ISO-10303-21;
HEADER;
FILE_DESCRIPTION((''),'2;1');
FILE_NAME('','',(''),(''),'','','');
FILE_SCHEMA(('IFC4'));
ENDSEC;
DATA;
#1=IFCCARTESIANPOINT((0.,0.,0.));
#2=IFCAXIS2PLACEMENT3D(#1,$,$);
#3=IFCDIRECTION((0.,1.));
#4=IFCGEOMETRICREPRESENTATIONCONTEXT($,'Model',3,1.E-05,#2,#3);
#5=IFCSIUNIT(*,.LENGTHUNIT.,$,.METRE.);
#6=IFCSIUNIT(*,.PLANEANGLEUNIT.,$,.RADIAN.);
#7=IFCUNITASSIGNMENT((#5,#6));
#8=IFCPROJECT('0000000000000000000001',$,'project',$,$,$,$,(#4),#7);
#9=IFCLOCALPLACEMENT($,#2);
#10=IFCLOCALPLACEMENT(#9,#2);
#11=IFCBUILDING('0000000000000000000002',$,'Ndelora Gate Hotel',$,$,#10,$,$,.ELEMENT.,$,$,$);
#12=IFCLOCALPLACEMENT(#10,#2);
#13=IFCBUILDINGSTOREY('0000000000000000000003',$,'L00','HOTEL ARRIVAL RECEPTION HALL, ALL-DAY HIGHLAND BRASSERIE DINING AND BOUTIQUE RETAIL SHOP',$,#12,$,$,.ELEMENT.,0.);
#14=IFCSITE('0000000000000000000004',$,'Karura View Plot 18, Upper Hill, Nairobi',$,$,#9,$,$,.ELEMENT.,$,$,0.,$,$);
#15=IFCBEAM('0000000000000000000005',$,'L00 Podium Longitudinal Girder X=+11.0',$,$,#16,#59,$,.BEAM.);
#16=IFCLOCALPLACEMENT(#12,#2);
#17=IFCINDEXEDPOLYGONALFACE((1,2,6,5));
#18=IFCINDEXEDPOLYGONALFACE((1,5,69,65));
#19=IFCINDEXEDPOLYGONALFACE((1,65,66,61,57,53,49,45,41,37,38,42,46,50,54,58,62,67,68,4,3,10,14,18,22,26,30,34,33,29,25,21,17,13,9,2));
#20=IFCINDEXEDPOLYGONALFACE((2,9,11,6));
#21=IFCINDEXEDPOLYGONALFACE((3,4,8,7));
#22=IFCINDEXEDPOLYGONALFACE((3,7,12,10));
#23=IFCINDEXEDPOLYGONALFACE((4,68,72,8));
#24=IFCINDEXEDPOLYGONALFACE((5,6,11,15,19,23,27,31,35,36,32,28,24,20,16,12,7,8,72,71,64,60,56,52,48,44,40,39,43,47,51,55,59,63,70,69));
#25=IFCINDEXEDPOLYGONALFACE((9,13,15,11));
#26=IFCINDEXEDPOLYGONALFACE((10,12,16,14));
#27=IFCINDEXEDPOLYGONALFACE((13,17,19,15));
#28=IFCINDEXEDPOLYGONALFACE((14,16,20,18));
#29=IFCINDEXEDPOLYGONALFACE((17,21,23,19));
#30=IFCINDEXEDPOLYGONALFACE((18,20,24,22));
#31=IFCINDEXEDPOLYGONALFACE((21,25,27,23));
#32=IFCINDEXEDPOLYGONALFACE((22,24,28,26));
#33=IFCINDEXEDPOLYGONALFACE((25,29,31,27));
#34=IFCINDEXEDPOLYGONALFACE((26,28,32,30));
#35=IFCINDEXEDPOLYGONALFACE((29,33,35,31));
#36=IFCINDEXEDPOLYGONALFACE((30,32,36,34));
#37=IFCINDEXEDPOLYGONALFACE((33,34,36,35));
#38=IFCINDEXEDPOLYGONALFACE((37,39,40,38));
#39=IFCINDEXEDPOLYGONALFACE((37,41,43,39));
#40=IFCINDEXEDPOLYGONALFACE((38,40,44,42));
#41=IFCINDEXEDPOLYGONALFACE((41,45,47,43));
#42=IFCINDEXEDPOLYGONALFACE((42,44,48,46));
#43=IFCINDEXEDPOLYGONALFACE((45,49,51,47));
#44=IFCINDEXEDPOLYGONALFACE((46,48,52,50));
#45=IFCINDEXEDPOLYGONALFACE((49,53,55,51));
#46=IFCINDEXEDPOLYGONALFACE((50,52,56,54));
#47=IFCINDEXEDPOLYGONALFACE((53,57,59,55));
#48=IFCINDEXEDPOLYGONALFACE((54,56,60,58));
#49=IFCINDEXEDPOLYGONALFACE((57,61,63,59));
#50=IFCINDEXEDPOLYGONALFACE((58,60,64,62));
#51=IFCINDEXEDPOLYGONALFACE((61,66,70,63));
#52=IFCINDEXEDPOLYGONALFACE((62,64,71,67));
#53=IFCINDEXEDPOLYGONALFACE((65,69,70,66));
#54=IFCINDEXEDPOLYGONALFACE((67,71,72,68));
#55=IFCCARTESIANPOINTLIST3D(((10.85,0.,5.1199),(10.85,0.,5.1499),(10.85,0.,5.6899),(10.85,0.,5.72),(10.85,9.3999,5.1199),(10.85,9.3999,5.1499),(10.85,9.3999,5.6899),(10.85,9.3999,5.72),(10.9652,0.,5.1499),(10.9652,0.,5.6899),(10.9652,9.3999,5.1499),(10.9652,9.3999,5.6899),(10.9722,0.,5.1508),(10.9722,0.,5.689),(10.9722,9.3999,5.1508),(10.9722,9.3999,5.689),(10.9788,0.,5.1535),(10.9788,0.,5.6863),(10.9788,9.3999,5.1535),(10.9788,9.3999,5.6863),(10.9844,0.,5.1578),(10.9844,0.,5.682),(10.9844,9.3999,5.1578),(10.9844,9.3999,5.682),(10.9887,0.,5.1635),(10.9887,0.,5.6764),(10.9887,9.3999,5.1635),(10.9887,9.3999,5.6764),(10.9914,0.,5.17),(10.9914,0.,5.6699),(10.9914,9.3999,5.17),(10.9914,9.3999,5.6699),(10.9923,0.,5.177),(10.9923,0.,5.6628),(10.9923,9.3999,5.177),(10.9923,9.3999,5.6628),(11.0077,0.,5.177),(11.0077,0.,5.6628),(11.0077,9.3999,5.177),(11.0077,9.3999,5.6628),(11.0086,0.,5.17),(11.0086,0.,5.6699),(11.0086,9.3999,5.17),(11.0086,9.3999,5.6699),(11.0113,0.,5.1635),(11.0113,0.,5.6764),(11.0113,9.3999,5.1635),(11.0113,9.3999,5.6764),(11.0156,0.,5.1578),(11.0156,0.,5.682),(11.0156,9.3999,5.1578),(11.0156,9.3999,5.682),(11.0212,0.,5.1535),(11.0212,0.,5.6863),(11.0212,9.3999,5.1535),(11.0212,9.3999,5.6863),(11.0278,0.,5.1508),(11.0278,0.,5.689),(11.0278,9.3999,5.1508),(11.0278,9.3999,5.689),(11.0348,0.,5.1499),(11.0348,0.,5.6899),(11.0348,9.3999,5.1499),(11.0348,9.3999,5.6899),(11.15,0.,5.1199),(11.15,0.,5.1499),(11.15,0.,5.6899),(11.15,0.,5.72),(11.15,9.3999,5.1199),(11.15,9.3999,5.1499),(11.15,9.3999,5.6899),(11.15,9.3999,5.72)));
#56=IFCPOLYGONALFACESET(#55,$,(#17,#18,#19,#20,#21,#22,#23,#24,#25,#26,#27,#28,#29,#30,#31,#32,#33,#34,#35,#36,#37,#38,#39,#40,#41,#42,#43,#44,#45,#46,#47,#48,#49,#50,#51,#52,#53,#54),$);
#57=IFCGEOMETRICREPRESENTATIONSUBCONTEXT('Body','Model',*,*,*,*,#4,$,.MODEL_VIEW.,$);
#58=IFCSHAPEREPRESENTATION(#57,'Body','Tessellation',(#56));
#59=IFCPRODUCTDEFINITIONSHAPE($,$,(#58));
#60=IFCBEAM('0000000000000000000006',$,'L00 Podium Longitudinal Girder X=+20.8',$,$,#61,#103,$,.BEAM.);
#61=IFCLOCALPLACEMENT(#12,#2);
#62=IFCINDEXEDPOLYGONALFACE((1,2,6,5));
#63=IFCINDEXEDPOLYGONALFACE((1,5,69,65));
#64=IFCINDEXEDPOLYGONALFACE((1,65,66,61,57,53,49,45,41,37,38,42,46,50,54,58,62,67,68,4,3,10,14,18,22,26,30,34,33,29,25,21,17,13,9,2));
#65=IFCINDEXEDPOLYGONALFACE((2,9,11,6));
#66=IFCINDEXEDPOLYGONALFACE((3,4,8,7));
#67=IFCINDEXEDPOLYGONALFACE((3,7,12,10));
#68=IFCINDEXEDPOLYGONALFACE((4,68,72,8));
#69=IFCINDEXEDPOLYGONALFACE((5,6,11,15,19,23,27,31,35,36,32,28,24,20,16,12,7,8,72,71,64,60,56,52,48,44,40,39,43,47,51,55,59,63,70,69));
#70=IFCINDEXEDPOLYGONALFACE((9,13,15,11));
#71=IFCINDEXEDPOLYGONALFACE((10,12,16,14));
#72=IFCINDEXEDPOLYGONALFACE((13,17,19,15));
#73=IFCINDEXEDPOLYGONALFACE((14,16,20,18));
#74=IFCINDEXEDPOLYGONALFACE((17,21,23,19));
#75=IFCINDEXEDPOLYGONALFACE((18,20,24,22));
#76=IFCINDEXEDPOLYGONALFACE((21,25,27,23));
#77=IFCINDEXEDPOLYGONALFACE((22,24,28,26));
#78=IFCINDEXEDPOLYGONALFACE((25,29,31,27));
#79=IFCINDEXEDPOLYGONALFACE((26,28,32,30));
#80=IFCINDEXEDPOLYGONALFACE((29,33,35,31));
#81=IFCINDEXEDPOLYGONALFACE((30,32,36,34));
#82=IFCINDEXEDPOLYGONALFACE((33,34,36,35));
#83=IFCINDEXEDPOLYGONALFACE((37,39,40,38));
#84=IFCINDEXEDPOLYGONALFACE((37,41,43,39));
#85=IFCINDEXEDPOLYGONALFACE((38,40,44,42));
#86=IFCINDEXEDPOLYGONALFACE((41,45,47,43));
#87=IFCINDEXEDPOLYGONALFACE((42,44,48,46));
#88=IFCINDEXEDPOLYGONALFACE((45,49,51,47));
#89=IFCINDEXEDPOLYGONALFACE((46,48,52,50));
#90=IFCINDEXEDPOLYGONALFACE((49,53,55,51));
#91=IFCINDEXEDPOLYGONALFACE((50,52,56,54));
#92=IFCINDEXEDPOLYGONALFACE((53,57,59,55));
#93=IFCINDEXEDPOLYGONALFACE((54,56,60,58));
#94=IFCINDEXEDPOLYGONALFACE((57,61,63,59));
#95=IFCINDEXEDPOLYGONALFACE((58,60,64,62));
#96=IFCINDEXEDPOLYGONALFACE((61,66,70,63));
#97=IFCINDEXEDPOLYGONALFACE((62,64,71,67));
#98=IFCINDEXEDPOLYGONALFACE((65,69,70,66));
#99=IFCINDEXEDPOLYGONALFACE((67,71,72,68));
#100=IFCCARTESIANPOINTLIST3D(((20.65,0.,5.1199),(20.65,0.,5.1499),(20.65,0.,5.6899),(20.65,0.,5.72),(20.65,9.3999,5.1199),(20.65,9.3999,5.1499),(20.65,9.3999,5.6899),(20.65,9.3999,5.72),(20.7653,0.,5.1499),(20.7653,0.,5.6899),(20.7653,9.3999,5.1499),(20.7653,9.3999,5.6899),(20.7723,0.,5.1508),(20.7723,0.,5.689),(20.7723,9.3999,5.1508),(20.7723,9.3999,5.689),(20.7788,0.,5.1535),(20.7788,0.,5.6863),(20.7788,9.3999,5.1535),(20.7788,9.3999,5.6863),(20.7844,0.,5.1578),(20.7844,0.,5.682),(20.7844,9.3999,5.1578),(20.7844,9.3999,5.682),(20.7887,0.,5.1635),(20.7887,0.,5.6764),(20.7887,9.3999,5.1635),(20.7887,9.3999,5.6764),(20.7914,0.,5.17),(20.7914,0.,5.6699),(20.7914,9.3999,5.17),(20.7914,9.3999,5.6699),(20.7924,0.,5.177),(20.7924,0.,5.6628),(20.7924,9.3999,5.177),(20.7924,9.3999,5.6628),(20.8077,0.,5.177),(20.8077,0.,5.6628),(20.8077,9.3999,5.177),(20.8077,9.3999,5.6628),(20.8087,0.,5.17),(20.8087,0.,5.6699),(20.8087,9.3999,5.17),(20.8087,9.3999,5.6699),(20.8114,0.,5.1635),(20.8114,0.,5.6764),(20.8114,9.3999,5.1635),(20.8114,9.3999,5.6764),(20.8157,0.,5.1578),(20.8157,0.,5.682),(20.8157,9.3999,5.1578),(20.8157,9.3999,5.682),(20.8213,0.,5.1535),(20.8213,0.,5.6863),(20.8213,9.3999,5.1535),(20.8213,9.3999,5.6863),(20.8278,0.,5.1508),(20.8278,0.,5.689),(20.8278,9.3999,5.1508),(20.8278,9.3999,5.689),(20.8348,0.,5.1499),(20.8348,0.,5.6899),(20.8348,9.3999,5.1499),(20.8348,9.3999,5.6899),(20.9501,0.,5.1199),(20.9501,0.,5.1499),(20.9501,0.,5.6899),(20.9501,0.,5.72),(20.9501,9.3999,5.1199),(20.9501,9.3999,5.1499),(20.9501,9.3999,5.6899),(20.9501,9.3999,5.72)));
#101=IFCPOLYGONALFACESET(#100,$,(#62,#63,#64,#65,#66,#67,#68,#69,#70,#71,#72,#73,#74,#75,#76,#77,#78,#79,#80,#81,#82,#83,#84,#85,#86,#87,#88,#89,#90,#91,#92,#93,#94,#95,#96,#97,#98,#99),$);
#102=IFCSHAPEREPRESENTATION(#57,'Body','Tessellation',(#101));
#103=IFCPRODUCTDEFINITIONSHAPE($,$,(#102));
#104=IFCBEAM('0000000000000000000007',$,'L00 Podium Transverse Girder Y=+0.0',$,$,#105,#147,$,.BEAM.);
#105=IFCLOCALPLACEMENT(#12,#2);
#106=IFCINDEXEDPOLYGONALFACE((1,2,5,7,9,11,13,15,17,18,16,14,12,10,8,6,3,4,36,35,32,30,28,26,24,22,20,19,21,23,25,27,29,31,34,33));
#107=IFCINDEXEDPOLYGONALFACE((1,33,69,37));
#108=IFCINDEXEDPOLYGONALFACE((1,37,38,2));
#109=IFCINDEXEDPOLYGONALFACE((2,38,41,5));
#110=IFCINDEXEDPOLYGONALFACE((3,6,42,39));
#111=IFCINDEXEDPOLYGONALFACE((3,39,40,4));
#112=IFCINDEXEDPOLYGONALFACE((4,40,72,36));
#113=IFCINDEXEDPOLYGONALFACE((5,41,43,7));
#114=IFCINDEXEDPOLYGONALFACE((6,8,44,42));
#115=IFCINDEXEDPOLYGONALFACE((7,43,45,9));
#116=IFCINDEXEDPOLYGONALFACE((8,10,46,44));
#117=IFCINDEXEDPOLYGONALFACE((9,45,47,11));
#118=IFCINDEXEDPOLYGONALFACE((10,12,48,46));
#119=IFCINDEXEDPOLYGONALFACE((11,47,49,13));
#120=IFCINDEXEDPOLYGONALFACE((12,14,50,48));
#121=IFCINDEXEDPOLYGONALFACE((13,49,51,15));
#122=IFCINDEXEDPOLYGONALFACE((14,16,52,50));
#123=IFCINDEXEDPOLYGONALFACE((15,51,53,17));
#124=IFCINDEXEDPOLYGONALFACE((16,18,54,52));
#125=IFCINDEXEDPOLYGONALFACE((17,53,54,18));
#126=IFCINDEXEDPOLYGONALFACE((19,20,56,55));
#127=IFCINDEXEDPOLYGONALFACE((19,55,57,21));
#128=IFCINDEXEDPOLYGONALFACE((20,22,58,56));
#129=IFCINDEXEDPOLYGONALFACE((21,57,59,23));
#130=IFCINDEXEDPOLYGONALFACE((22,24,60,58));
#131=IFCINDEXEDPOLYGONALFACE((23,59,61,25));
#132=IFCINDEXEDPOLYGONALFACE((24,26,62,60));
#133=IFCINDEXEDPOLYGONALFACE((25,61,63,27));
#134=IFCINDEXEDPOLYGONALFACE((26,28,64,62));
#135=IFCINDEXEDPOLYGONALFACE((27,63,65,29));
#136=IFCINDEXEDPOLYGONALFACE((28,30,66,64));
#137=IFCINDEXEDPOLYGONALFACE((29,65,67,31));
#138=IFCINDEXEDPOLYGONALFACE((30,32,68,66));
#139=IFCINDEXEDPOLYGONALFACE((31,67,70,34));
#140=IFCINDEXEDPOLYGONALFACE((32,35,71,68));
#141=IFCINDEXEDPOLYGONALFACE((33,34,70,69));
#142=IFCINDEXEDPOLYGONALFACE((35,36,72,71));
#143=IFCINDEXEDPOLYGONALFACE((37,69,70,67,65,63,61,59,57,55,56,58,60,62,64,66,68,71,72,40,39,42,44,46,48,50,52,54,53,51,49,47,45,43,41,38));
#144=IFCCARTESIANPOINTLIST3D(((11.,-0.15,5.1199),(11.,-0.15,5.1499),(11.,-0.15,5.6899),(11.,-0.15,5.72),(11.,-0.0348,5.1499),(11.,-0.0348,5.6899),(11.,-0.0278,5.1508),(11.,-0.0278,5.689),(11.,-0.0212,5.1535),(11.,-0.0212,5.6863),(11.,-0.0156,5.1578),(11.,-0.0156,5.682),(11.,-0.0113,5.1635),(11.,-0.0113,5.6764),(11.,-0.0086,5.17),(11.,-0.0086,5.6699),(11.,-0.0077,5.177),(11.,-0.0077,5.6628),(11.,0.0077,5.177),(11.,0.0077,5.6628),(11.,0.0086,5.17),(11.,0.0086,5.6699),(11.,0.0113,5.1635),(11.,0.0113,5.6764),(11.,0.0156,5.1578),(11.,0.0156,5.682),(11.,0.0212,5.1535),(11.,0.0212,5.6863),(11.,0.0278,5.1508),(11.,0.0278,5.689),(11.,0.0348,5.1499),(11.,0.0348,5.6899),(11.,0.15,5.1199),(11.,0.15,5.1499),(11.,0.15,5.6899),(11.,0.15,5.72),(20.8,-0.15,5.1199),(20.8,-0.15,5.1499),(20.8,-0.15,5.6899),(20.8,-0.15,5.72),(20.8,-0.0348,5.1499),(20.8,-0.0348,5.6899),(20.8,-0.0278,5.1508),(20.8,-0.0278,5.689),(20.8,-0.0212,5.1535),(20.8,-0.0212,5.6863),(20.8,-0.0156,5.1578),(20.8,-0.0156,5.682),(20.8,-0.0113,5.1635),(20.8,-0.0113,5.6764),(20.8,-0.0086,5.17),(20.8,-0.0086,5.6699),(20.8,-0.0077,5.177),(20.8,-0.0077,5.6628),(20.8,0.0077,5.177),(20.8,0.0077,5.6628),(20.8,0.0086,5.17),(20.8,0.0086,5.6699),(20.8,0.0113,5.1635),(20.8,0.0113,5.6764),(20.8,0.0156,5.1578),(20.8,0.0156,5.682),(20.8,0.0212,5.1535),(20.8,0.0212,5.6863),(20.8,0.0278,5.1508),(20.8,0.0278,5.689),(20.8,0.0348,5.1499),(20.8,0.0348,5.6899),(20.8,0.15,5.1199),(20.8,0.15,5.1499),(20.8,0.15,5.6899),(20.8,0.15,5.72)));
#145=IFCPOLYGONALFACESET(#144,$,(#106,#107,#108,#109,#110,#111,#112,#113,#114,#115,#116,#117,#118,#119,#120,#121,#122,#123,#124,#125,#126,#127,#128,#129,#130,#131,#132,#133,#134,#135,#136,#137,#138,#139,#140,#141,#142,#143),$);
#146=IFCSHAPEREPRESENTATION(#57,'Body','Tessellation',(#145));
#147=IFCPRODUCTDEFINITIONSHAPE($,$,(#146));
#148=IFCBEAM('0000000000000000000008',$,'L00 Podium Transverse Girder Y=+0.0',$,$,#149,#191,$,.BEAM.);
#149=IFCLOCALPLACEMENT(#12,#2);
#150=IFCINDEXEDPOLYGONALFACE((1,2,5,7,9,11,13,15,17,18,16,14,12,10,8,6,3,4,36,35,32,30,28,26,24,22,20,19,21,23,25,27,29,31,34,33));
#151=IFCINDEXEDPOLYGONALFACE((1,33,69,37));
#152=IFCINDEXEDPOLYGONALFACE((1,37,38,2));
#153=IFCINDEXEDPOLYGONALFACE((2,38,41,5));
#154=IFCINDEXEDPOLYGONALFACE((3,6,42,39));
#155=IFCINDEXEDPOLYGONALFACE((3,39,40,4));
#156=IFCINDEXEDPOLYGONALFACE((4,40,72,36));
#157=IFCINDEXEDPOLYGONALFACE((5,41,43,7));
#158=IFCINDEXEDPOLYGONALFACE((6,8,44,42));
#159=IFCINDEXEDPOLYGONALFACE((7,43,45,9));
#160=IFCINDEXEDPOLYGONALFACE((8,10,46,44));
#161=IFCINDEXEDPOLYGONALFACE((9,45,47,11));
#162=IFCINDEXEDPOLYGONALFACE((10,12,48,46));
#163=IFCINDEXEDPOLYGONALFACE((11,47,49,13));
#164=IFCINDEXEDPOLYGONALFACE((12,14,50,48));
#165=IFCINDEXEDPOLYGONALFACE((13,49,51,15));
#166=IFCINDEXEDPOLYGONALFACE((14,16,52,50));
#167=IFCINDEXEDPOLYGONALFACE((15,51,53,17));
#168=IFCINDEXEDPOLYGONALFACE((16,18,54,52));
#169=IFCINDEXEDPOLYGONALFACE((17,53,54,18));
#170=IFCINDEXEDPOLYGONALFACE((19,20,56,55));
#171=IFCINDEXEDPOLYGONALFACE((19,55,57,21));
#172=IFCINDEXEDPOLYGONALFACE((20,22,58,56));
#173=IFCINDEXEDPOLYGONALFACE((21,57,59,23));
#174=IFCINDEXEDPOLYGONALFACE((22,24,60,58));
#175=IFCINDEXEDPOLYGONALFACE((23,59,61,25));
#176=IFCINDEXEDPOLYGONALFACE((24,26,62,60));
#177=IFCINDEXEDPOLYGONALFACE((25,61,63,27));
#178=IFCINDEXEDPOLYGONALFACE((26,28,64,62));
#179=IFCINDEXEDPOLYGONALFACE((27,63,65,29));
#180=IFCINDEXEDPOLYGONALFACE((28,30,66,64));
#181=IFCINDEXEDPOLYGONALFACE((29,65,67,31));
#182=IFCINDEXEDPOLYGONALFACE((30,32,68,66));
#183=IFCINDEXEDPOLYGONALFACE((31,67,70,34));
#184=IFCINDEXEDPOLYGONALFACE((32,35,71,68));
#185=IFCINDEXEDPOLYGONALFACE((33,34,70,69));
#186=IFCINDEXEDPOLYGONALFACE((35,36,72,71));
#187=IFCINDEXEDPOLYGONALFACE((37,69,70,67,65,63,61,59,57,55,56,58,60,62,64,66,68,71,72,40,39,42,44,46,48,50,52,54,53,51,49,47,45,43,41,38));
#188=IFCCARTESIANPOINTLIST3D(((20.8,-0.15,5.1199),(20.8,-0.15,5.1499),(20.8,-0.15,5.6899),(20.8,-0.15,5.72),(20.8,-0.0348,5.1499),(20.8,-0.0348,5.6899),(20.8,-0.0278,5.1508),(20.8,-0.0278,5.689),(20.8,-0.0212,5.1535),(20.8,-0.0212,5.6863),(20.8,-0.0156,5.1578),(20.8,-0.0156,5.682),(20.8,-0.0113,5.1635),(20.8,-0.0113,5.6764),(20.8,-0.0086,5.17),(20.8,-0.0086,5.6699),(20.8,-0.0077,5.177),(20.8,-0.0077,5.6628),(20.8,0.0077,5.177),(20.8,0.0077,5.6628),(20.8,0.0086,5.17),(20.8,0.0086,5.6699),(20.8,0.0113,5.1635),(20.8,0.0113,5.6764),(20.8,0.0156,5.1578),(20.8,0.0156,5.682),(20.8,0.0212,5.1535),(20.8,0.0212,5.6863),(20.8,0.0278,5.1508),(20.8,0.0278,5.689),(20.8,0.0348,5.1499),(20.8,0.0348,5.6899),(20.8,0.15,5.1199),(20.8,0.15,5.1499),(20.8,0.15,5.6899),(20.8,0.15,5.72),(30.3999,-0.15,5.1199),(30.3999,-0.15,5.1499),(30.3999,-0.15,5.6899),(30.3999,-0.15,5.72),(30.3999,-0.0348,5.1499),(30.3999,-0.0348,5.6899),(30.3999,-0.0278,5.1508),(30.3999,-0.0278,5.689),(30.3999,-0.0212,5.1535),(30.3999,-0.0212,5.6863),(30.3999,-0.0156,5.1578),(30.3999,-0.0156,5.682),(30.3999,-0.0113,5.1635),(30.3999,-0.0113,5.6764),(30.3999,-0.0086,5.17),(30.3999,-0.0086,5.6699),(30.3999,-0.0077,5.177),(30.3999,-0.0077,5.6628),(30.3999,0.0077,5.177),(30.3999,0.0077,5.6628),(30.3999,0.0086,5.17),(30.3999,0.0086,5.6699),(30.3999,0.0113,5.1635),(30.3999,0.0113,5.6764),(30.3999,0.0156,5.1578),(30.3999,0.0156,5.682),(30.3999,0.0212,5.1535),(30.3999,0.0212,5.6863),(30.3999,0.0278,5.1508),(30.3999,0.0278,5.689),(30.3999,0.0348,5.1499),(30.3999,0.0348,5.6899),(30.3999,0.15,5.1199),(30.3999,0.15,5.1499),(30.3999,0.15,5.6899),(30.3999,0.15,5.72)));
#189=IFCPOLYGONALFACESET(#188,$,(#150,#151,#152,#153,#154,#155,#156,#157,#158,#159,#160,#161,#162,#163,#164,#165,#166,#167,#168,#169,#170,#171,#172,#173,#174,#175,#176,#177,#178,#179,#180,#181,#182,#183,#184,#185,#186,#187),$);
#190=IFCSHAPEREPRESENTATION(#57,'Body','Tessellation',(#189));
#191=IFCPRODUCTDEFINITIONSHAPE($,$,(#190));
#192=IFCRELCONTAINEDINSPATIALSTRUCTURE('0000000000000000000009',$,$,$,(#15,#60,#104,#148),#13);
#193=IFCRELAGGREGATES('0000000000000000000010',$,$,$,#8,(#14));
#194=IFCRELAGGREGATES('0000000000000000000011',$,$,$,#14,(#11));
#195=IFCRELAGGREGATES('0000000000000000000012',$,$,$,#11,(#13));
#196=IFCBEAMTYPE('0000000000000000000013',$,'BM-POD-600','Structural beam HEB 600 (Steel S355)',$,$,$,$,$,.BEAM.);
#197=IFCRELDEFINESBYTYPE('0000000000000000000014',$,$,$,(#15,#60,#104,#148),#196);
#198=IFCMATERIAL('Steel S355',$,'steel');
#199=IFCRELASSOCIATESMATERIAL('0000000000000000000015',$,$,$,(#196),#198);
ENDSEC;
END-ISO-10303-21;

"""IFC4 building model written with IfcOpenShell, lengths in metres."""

from ifc_helpers import new_model, si_unit, direction, frame, origin, origin_2d, place, context, subcontext, project, spatial, i_section, extrude, material, material_profile, profile_set, type_object, element, save


model = new_model("IFC4")

# Units and contexts
model_context = context("Model", 3, precision=1e-05, world=origin(), true_north=direction((0.0, 1.0)))
body_context = subcontext(model_context, "Body", "Model", "MODEL_VIEW")
ifc_project = project(units=[si_unit("LENGTHUNIT", "METRE"), si_unit("PLANEANGLEUNIT", "RADIAN")], contexts=[model_context])

# Site, building, storey
site_placement = place(None, origin())
site = spatial("IfcSite", under=ifc_project, at=site_placement, Name="Karura View Plot 18, Upper Hill, Nairobi", CompositionType="ELEMENT", RefElevation=0.0)
building_placement = place(site_placement, origin())
building = spatial("IfcBuilding", under=site, at=building_placement, Name="Ndelora Gate Hotel", CompositionType="ELEMENT")
storey_placement = place(building_placement, origin())
storey = spatial("IfcBuildingStorey", under=building, at=storey_placement, Name="L00", Description="HOTEL ARRIVAL RECEPTION HALL, ALL-DAY HIGHLAND BRASSERIE DINING AND BOUTIQUE RETAIL SHOP", CompositionType="ELEMENT", Elevation=0.0)

# Beams
ifc_material_1 = material(Name="Steel S355", Category="steel")
ifc_material_profile_1 = material_profile(ifc_material_1, i_section(OverallWidth=0.3, OverallDepth=0.6001, WebThickness=0.0154, FlangeThickness=0.03, FilletRadius=0.0271, at=origin_2d()), Name="HEB 600")
ifc_profile_set_1 = profile_set([ifc_material_profile_1], Name="Steel S355")
beam_type_1 = type_object("IfcBeamType", Name="BM-POD-600", Description="Structural beam HEB 600 (Steel S355)", PredefinedType="BEAM", material=ifc_profile_set_1)
for number, where, z_axis, x_axis, name in (
    (1, (11.0, 0.0, 5.4199), (0.0, 1.0, 0.0), (-1.0, 0.0, 0.0), "L00 Podium Longitudinal Girder X=+11.0"),
    (2, (20.8, 0.0, 5.4199), (0.0, 1.0, 0.0), (-1.0, 0.0, 0.0), "L00 Podium Longitudinal Girder X=+20.8"),
):
    element("IfcBeam", number, at=place(storey_placement, frame(where, z_axis=z_axis, x_axis=x_axis)), inside=storey, type_object=beam_type_1, Name=name, PredefinedType="BEAM", context=body_context, shape_type="SweptSolid", body=[
        extrude(i_section(OverallWidth=0.3, OverallDepth=0.6001, WebThickness=0.0154, FlangeThickness=0.03, FilletRadius=0.0271, at=origin_2d()), origin(), (0.0, 0.0, 1.0), 9.3999),
    ])
beam_1_placement = place(storey_placement, frame((11.0, 0.0, 5.4199), z_axis=(1.0, 0.0, 0.0), x_axis=(0.0, 1.0, 0.0)))
element("IfcBeam", 3, at=beam_1_placement, inside=storey, type_object=beam_type_1, Name="L00 Podium Transverse Girder Y=+0.0", PredefinedType="BEAM", context=body_context, shape_type="SweptSolid", body=[
    extrude(i_section(OverallWidth=0.3, OverallDepth=0.6001, WebThickness=0.0154, FlangeThickness=0.03, FilletRadius=0.0271, at=origin_2d()), origin(), (0.0, 0.0, 1.0), 9.8),
])
beam_2_placement = place(storey_placement, frame((20.8, 0.0, 5.4199), z_axis=(1.0, 0.0, 0.0), x_axis=(0.0, 1.0, 0.0)))
element("IfcBeam", 4, at=beam_2_placement, inside=storey, type_object=beam_type_1, Name="L00 Podium Transverse Girder Y=+0.0", PredefinedType="BEAM", context=body_context, shape_type="SweptSolid", body=[
    extrude(i_section(OverallWidth=0.3, OverallDepth=0.6001, WebThickness=0.0154, FlangeThickness=0.03, FilletRadius=0.0271, at=origin_2d()), origin(), (0.0, 0.0, 1.0), 9.5999),
])

save(model, "model.ifc")
